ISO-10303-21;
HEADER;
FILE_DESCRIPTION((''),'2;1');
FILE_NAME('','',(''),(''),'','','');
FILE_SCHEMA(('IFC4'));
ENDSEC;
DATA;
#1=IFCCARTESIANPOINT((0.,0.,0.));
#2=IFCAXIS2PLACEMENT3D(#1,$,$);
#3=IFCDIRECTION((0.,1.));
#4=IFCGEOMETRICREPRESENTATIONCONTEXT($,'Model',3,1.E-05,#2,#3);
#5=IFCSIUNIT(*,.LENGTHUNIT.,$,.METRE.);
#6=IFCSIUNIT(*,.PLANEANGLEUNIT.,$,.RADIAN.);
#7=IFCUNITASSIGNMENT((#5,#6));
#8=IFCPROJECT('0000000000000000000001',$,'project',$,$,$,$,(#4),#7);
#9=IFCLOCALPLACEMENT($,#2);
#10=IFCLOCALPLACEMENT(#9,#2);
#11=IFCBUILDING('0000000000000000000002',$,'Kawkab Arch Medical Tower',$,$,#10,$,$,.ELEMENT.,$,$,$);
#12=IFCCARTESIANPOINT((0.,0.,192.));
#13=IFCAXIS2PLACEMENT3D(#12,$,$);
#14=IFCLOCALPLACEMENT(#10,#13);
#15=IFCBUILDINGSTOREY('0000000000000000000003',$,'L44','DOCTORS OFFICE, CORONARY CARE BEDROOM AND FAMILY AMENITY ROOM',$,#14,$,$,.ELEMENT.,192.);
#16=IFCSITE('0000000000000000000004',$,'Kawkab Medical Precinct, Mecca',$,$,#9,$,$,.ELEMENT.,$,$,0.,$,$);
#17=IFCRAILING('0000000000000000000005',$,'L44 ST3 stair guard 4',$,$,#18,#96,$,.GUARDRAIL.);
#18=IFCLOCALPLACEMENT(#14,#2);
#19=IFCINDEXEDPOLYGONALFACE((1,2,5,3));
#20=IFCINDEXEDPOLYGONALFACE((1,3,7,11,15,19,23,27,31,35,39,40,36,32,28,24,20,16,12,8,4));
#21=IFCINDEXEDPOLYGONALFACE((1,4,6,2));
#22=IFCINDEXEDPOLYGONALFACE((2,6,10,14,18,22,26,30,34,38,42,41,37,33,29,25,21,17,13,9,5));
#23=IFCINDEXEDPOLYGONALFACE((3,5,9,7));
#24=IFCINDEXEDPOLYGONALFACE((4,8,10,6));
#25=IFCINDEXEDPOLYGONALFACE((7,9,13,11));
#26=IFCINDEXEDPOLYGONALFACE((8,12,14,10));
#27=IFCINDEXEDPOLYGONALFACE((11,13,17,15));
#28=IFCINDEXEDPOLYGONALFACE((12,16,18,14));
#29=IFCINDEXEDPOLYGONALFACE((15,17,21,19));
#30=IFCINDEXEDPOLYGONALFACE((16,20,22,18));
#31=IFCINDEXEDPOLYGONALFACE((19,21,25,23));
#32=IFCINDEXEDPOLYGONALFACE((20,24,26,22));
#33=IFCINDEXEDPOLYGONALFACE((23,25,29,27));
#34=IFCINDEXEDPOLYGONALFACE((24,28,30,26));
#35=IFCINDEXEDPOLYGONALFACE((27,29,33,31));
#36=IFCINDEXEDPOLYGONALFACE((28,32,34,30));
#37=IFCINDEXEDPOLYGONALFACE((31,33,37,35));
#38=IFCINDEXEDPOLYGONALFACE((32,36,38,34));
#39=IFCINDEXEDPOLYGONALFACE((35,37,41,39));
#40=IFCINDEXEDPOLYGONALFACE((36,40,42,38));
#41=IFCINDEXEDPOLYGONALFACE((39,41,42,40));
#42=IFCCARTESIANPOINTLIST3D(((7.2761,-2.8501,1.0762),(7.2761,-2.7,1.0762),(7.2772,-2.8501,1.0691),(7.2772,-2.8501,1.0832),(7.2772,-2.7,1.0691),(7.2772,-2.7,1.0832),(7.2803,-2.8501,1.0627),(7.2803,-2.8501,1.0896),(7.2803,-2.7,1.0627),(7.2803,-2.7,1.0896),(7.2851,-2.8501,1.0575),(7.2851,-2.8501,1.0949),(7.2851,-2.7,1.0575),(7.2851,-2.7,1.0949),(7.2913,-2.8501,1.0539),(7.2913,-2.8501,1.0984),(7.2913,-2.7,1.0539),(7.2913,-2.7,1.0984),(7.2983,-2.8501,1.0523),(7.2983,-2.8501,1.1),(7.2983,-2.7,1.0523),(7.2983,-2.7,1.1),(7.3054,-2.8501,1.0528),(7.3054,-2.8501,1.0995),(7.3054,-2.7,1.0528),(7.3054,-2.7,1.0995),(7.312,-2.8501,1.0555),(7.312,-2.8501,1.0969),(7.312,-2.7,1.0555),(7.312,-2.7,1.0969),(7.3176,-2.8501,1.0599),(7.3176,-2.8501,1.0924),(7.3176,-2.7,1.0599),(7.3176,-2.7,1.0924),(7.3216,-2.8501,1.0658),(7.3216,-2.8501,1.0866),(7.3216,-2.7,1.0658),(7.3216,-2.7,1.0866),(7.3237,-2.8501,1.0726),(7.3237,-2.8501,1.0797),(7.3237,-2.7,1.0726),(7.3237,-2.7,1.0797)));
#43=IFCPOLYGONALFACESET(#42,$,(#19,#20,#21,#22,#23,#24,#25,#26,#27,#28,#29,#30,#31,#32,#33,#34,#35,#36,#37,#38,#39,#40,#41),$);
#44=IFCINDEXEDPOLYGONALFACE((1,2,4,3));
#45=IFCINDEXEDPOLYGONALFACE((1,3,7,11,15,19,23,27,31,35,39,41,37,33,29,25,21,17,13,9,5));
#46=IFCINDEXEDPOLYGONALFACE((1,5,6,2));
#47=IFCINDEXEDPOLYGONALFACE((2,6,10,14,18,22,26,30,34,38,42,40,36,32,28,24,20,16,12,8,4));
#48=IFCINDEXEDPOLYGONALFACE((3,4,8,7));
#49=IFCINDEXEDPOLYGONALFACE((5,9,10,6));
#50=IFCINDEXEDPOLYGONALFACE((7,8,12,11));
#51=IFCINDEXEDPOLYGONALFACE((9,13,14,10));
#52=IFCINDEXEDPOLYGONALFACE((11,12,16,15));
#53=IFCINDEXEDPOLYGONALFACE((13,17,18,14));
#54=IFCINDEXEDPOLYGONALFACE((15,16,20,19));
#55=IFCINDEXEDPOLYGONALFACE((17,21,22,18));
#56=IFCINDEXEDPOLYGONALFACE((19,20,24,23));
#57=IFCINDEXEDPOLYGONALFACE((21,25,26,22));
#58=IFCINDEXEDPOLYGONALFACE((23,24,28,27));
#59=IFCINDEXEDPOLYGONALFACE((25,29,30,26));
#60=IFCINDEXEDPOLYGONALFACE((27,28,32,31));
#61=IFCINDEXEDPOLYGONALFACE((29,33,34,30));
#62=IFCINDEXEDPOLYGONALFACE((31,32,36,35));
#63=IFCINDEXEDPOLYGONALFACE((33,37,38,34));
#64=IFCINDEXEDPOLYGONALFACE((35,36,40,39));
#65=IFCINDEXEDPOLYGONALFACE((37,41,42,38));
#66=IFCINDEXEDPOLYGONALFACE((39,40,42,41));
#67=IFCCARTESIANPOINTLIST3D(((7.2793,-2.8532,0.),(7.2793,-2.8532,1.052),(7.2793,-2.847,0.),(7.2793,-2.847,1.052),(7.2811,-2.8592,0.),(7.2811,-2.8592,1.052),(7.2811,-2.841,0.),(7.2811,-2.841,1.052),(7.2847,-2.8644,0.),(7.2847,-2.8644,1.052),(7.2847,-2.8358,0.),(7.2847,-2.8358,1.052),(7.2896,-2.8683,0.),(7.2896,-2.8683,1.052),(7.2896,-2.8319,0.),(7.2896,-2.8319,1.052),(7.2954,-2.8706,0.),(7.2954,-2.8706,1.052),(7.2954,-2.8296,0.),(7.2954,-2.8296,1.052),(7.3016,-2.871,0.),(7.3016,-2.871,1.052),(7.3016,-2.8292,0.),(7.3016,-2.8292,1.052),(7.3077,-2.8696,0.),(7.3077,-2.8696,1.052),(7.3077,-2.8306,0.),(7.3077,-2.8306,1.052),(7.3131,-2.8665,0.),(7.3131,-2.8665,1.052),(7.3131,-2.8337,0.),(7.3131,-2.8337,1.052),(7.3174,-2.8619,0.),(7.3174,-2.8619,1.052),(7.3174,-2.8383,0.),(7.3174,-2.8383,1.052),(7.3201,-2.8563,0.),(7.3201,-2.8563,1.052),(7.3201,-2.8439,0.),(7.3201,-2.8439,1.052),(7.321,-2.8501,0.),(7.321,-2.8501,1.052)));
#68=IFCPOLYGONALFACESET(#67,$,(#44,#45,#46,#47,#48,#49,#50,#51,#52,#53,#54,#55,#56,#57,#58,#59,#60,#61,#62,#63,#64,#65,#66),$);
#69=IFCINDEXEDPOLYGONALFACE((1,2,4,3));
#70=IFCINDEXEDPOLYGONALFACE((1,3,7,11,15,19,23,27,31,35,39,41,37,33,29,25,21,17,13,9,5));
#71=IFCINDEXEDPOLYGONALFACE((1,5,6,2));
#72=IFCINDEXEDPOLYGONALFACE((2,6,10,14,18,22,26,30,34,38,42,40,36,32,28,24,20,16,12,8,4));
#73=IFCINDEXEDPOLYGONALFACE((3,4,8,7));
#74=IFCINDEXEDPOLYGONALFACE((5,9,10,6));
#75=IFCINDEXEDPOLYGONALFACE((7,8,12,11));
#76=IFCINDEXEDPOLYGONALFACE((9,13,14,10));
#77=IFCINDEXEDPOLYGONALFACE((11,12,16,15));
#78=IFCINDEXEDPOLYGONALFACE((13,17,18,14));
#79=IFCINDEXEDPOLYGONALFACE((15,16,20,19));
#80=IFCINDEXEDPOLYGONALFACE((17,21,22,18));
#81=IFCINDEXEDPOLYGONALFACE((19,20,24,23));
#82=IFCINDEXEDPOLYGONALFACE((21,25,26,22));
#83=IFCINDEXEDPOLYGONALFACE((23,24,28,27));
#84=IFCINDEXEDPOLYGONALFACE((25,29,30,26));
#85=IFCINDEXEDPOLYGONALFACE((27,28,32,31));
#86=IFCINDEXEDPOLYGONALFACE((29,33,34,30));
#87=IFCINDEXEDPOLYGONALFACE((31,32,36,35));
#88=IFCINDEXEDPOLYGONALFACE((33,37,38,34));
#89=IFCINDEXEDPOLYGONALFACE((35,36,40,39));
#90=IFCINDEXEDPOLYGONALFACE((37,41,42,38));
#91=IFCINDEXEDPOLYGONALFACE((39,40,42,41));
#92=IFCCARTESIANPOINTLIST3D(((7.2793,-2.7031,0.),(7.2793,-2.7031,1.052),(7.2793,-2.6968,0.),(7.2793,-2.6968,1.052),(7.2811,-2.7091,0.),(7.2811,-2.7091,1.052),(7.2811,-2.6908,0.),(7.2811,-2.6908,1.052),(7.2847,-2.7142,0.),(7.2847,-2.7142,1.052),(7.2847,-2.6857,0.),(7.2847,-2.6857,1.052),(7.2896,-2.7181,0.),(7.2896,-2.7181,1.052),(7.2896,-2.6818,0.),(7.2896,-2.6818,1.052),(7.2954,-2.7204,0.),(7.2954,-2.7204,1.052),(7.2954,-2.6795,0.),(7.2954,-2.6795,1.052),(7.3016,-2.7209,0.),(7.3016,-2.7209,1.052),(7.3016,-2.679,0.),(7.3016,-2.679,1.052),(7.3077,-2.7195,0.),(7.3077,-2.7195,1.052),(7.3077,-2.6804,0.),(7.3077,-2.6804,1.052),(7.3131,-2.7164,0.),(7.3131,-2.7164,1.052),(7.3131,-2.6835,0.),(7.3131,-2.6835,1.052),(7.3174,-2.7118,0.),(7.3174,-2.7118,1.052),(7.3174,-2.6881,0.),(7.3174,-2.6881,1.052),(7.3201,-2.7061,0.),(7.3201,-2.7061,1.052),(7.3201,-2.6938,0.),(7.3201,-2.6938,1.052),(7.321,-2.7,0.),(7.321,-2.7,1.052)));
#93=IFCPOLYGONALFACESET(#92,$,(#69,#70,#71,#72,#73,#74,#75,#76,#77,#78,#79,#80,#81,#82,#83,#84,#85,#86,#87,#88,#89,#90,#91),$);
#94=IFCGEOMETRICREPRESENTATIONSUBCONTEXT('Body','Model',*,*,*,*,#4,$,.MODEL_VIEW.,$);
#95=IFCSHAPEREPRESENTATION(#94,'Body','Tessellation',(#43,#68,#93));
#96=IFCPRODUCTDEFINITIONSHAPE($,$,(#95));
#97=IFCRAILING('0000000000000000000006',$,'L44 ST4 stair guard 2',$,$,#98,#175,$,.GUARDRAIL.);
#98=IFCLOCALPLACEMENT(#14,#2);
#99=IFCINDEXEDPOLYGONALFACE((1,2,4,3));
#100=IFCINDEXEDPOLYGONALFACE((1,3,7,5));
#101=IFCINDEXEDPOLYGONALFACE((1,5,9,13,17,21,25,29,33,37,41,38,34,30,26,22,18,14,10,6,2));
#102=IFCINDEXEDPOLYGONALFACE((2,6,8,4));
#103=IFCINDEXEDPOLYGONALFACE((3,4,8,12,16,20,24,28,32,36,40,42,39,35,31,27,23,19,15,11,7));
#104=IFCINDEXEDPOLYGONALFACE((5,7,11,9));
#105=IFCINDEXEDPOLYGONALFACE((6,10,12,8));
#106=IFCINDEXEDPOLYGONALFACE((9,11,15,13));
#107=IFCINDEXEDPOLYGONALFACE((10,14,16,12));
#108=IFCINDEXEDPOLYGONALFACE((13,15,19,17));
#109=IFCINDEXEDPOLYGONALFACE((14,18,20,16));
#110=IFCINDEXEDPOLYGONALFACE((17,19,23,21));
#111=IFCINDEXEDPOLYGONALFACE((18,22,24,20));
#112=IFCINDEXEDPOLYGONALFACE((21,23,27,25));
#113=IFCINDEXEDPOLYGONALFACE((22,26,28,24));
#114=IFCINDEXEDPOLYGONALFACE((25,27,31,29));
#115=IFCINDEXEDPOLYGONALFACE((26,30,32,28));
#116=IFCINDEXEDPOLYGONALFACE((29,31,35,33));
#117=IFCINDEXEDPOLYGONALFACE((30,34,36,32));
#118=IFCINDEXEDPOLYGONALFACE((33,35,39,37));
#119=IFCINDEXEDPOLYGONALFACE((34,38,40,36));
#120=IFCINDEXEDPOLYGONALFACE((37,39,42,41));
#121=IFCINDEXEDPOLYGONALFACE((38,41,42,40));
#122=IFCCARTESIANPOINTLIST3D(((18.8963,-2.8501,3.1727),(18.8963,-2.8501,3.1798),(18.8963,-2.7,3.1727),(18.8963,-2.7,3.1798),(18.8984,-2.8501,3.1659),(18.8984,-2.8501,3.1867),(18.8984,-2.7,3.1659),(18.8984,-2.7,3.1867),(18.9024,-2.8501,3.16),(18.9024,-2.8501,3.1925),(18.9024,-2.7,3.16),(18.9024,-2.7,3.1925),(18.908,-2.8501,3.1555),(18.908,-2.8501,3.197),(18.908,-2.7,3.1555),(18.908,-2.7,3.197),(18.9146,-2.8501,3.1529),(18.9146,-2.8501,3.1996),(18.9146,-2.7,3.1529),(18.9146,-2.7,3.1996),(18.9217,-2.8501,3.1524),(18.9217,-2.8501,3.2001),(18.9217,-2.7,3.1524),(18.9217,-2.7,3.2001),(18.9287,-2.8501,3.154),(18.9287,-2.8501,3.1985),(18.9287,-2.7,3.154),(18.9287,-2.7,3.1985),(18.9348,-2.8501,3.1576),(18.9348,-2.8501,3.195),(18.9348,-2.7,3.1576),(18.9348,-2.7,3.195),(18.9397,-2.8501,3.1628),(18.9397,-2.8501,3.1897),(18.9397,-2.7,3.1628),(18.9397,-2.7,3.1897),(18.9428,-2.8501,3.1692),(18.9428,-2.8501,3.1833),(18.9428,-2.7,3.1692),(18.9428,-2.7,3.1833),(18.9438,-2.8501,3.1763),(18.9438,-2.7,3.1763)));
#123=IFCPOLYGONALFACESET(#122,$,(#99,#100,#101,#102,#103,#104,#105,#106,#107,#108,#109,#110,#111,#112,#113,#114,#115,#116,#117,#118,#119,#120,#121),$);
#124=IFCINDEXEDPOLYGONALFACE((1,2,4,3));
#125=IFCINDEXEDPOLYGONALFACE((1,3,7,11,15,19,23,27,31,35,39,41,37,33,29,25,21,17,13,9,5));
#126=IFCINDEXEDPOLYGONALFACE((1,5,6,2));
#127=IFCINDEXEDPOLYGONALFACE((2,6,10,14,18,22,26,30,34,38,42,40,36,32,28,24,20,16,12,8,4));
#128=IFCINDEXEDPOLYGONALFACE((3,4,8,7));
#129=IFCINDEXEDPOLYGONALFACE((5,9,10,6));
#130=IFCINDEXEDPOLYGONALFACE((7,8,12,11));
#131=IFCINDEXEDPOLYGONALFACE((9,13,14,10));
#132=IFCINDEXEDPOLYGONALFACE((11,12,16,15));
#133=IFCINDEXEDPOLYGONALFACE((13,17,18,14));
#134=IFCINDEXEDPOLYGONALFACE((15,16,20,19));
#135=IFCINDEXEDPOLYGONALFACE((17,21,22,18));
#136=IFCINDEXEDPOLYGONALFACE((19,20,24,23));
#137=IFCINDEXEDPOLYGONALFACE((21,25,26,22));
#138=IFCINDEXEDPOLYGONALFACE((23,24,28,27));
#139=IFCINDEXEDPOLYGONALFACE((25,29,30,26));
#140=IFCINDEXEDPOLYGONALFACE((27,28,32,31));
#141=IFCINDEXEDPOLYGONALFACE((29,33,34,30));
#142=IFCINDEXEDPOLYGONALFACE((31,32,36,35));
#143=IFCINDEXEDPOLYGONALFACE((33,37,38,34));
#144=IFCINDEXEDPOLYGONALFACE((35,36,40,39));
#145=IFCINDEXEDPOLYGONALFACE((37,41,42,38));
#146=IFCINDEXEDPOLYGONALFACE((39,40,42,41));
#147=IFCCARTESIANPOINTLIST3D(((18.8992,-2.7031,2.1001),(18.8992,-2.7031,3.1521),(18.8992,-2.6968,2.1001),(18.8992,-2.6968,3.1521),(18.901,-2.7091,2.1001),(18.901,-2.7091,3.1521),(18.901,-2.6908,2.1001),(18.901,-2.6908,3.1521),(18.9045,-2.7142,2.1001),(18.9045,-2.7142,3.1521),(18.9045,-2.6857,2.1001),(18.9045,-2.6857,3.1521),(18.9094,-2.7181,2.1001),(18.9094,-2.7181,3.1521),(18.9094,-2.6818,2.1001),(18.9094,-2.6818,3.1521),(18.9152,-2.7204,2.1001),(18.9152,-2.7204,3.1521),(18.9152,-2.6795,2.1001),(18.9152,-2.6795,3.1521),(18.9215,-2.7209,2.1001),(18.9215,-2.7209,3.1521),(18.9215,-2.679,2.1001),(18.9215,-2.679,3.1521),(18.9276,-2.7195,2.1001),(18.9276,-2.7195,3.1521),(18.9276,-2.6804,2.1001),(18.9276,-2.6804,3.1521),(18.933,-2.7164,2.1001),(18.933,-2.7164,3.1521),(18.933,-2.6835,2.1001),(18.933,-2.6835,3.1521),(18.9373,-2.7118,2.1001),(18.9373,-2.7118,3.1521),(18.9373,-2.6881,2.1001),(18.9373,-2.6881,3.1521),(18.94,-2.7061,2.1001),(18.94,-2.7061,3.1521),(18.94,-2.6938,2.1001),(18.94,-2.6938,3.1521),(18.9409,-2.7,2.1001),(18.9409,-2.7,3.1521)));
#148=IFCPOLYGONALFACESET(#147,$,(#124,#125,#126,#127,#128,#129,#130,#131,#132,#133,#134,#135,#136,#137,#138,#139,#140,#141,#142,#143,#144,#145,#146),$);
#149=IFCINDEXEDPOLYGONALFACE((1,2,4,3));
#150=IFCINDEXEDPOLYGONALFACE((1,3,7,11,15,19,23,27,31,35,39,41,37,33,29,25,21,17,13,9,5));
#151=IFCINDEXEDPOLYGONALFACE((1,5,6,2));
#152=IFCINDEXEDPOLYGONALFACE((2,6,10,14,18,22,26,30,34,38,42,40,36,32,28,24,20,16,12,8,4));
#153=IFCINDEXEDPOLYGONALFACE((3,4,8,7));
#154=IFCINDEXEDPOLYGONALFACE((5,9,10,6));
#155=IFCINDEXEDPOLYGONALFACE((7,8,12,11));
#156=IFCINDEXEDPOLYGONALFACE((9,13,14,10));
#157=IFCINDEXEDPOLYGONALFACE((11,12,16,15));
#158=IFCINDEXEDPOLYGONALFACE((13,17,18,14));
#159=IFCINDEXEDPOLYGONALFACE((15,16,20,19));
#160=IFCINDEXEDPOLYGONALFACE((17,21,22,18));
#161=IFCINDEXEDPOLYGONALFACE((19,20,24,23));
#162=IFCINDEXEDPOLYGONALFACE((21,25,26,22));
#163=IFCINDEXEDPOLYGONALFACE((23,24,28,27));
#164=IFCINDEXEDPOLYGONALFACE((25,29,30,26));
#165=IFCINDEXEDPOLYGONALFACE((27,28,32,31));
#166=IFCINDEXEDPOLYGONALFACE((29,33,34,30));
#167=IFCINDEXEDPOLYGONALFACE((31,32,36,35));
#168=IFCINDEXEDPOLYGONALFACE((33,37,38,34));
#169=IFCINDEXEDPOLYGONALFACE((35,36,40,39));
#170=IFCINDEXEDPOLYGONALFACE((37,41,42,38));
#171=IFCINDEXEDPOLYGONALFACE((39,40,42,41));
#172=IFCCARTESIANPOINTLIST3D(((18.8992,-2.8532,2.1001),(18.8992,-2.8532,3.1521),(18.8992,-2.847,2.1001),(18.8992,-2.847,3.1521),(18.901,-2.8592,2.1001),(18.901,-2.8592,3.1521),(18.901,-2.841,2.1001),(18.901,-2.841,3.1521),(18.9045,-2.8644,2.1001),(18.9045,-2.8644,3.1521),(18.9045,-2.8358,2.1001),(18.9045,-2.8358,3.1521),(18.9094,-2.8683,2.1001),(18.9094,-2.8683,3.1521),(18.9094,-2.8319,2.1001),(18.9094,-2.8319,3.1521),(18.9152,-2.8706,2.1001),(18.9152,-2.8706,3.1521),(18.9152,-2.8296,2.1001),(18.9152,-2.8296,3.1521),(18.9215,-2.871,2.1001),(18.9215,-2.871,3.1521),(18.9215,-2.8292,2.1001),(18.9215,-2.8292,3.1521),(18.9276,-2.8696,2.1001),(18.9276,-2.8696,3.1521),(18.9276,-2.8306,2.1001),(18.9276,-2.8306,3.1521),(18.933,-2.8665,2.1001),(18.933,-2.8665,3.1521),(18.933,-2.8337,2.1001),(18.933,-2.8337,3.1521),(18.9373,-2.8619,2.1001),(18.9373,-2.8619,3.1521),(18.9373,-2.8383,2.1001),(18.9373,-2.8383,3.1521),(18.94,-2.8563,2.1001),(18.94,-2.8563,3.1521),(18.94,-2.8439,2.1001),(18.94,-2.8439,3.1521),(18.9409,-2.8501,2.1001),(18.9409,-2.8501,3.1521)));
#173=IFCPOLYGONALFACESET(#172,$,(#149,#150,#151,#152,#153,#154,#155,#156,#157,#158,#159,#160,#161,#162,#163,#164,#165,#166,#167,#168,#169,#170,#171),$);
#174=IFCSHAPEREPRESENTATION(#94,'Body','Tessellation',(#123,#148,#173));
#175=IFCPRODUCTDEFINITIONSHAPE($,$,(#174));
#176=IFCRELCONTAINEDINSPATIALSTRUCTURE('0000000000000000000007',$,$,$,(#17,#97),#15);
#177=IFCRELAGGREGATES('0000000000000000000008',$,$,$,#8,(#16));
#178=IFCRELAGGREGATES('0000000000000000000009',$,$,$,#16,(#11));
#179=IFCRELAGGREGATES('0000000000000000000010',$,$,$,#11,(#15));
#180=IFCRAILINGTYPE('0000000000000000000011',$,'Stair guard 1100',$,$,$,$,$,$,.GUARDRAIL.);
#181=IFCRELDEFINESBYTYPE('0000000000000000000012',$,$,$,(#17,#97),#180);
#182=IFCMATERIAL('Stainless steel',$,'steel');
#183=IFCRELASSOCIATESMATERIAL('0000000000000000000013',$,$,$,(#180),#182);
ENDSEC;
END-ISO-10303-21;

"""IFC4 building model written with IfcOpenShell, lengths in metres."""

from ifc_helpers import new_model, si_unit, direction, frame, origin, origin_2d, place, context, subcontext, project, spatial, circle, extrude, material, type_object, element, save


model = new_model("IFC4")

# Units and contexts
model_context = context("Model", 3, precision=1e-05, world=origin(), true_north=direction((0.0, 1.0)))
body_context = subcontext(model_context, "Body", "Model", "MODEL_VIEW")
ifc_project = project(units=[si_unit("LENGTHUNIT", "METRE"), si_unit("PLANEANGLEUNIT", "RADIAN")], contexts=[model_context])

# Site, building, storey
site_placement = place(None, origin())
site = spatial("IfcSite", under=ifc_project, at=site_placement, Name="Kawkab Medical Precinct, Mecca", CompositionType="ELEMENT", RefElevation=0.0)
building_placement = place(site_placement, origin())
building = spatial("IfcBuilding", under=site, at=building_placement, Name="Kawkab Arch Medical Tower", CompositionType="ELEMENT")
storey_placement = place(building_placement, frame((0.0, 0.0, 192.0)))
storey = spatial("IfcBuildingStorey", under=building, at=storey_placement, Name="L44", Description="DOCTORS OFFICE, CORONARY CARE BEDROOM AND FAMILY AMENITY ROOM", CompositionType="ELEMENT", Elevation=192.0)

# Railings
ifc_material_1 = material(Name="Stainless steel", Category="steel")
railing_type_1 = type_object("IfcRailingType", Name="Stair guard 1100", PredefinedType="GUARDRAIL", material=ifc_material_1)
railing_1_placement = place(storey_placement, frame((7.3, -2.8501, 0.0)))
element("IfcRailing", 1, at=railing_1_placement, inside=storey, type_object=railing_type_1, Name="L44 ST3 stair guard 4", PredefinedType="GUARDRAIL", context=body_context, shape_type="SweptSolid", body=[
    extrude(circle(Radius=0.0239, at=origin_2d()), frame((0.0, 0.0, 1.0762), z_axis=(0.0, 1.0, 0.0), x_axis=(-1.0, 0.0, 0.0)), (0.0, 0.0, 1.0), 0.1501),
    extrude(circle(Radius=0.021, at=origin_2d()), origin(), (0.0, 0.0, 1.0), 1.052),
    extrude(circle(Radius=0.021, at=origin_2d()), frame((0.0, 0.1501, 0.0)), (0.0, 0.0, 1.0), 1.052),
])
railing_2_placement = place(storey_placement, frame((18.9199, -2.7, 2.1001)))
element("IfcRailing", 2, at=railing_2_placement, inside=storey, type_object=railing_type_1, Name="L44 ST4 stair guard 2", PredefinedType="GUARDRAIL", context=body_context, shape_type="SweptSolid", body=[
    extrude(circle(Radius=0.0239, at=origin_2d()), frame((0.0, 0.0, 1.0762), z_axis=(0.0, -1.0, 0.0), x_axis=(1.0, 0.0, 0.0)), (0.0, 0.0, 1.0), 0.1501),
    extrude(circle(Radius=0.021, at=origin_2d()), origin(), (0.0, 0.0, 1.0), 1.052),
    extrude(circle(Radius=0.021, at=origin_2d()), frame((0.0, -0.1501, 0.0)), (0.0, 0.0, 1.0), 1.052),
])

save(model, "model.ifc")
